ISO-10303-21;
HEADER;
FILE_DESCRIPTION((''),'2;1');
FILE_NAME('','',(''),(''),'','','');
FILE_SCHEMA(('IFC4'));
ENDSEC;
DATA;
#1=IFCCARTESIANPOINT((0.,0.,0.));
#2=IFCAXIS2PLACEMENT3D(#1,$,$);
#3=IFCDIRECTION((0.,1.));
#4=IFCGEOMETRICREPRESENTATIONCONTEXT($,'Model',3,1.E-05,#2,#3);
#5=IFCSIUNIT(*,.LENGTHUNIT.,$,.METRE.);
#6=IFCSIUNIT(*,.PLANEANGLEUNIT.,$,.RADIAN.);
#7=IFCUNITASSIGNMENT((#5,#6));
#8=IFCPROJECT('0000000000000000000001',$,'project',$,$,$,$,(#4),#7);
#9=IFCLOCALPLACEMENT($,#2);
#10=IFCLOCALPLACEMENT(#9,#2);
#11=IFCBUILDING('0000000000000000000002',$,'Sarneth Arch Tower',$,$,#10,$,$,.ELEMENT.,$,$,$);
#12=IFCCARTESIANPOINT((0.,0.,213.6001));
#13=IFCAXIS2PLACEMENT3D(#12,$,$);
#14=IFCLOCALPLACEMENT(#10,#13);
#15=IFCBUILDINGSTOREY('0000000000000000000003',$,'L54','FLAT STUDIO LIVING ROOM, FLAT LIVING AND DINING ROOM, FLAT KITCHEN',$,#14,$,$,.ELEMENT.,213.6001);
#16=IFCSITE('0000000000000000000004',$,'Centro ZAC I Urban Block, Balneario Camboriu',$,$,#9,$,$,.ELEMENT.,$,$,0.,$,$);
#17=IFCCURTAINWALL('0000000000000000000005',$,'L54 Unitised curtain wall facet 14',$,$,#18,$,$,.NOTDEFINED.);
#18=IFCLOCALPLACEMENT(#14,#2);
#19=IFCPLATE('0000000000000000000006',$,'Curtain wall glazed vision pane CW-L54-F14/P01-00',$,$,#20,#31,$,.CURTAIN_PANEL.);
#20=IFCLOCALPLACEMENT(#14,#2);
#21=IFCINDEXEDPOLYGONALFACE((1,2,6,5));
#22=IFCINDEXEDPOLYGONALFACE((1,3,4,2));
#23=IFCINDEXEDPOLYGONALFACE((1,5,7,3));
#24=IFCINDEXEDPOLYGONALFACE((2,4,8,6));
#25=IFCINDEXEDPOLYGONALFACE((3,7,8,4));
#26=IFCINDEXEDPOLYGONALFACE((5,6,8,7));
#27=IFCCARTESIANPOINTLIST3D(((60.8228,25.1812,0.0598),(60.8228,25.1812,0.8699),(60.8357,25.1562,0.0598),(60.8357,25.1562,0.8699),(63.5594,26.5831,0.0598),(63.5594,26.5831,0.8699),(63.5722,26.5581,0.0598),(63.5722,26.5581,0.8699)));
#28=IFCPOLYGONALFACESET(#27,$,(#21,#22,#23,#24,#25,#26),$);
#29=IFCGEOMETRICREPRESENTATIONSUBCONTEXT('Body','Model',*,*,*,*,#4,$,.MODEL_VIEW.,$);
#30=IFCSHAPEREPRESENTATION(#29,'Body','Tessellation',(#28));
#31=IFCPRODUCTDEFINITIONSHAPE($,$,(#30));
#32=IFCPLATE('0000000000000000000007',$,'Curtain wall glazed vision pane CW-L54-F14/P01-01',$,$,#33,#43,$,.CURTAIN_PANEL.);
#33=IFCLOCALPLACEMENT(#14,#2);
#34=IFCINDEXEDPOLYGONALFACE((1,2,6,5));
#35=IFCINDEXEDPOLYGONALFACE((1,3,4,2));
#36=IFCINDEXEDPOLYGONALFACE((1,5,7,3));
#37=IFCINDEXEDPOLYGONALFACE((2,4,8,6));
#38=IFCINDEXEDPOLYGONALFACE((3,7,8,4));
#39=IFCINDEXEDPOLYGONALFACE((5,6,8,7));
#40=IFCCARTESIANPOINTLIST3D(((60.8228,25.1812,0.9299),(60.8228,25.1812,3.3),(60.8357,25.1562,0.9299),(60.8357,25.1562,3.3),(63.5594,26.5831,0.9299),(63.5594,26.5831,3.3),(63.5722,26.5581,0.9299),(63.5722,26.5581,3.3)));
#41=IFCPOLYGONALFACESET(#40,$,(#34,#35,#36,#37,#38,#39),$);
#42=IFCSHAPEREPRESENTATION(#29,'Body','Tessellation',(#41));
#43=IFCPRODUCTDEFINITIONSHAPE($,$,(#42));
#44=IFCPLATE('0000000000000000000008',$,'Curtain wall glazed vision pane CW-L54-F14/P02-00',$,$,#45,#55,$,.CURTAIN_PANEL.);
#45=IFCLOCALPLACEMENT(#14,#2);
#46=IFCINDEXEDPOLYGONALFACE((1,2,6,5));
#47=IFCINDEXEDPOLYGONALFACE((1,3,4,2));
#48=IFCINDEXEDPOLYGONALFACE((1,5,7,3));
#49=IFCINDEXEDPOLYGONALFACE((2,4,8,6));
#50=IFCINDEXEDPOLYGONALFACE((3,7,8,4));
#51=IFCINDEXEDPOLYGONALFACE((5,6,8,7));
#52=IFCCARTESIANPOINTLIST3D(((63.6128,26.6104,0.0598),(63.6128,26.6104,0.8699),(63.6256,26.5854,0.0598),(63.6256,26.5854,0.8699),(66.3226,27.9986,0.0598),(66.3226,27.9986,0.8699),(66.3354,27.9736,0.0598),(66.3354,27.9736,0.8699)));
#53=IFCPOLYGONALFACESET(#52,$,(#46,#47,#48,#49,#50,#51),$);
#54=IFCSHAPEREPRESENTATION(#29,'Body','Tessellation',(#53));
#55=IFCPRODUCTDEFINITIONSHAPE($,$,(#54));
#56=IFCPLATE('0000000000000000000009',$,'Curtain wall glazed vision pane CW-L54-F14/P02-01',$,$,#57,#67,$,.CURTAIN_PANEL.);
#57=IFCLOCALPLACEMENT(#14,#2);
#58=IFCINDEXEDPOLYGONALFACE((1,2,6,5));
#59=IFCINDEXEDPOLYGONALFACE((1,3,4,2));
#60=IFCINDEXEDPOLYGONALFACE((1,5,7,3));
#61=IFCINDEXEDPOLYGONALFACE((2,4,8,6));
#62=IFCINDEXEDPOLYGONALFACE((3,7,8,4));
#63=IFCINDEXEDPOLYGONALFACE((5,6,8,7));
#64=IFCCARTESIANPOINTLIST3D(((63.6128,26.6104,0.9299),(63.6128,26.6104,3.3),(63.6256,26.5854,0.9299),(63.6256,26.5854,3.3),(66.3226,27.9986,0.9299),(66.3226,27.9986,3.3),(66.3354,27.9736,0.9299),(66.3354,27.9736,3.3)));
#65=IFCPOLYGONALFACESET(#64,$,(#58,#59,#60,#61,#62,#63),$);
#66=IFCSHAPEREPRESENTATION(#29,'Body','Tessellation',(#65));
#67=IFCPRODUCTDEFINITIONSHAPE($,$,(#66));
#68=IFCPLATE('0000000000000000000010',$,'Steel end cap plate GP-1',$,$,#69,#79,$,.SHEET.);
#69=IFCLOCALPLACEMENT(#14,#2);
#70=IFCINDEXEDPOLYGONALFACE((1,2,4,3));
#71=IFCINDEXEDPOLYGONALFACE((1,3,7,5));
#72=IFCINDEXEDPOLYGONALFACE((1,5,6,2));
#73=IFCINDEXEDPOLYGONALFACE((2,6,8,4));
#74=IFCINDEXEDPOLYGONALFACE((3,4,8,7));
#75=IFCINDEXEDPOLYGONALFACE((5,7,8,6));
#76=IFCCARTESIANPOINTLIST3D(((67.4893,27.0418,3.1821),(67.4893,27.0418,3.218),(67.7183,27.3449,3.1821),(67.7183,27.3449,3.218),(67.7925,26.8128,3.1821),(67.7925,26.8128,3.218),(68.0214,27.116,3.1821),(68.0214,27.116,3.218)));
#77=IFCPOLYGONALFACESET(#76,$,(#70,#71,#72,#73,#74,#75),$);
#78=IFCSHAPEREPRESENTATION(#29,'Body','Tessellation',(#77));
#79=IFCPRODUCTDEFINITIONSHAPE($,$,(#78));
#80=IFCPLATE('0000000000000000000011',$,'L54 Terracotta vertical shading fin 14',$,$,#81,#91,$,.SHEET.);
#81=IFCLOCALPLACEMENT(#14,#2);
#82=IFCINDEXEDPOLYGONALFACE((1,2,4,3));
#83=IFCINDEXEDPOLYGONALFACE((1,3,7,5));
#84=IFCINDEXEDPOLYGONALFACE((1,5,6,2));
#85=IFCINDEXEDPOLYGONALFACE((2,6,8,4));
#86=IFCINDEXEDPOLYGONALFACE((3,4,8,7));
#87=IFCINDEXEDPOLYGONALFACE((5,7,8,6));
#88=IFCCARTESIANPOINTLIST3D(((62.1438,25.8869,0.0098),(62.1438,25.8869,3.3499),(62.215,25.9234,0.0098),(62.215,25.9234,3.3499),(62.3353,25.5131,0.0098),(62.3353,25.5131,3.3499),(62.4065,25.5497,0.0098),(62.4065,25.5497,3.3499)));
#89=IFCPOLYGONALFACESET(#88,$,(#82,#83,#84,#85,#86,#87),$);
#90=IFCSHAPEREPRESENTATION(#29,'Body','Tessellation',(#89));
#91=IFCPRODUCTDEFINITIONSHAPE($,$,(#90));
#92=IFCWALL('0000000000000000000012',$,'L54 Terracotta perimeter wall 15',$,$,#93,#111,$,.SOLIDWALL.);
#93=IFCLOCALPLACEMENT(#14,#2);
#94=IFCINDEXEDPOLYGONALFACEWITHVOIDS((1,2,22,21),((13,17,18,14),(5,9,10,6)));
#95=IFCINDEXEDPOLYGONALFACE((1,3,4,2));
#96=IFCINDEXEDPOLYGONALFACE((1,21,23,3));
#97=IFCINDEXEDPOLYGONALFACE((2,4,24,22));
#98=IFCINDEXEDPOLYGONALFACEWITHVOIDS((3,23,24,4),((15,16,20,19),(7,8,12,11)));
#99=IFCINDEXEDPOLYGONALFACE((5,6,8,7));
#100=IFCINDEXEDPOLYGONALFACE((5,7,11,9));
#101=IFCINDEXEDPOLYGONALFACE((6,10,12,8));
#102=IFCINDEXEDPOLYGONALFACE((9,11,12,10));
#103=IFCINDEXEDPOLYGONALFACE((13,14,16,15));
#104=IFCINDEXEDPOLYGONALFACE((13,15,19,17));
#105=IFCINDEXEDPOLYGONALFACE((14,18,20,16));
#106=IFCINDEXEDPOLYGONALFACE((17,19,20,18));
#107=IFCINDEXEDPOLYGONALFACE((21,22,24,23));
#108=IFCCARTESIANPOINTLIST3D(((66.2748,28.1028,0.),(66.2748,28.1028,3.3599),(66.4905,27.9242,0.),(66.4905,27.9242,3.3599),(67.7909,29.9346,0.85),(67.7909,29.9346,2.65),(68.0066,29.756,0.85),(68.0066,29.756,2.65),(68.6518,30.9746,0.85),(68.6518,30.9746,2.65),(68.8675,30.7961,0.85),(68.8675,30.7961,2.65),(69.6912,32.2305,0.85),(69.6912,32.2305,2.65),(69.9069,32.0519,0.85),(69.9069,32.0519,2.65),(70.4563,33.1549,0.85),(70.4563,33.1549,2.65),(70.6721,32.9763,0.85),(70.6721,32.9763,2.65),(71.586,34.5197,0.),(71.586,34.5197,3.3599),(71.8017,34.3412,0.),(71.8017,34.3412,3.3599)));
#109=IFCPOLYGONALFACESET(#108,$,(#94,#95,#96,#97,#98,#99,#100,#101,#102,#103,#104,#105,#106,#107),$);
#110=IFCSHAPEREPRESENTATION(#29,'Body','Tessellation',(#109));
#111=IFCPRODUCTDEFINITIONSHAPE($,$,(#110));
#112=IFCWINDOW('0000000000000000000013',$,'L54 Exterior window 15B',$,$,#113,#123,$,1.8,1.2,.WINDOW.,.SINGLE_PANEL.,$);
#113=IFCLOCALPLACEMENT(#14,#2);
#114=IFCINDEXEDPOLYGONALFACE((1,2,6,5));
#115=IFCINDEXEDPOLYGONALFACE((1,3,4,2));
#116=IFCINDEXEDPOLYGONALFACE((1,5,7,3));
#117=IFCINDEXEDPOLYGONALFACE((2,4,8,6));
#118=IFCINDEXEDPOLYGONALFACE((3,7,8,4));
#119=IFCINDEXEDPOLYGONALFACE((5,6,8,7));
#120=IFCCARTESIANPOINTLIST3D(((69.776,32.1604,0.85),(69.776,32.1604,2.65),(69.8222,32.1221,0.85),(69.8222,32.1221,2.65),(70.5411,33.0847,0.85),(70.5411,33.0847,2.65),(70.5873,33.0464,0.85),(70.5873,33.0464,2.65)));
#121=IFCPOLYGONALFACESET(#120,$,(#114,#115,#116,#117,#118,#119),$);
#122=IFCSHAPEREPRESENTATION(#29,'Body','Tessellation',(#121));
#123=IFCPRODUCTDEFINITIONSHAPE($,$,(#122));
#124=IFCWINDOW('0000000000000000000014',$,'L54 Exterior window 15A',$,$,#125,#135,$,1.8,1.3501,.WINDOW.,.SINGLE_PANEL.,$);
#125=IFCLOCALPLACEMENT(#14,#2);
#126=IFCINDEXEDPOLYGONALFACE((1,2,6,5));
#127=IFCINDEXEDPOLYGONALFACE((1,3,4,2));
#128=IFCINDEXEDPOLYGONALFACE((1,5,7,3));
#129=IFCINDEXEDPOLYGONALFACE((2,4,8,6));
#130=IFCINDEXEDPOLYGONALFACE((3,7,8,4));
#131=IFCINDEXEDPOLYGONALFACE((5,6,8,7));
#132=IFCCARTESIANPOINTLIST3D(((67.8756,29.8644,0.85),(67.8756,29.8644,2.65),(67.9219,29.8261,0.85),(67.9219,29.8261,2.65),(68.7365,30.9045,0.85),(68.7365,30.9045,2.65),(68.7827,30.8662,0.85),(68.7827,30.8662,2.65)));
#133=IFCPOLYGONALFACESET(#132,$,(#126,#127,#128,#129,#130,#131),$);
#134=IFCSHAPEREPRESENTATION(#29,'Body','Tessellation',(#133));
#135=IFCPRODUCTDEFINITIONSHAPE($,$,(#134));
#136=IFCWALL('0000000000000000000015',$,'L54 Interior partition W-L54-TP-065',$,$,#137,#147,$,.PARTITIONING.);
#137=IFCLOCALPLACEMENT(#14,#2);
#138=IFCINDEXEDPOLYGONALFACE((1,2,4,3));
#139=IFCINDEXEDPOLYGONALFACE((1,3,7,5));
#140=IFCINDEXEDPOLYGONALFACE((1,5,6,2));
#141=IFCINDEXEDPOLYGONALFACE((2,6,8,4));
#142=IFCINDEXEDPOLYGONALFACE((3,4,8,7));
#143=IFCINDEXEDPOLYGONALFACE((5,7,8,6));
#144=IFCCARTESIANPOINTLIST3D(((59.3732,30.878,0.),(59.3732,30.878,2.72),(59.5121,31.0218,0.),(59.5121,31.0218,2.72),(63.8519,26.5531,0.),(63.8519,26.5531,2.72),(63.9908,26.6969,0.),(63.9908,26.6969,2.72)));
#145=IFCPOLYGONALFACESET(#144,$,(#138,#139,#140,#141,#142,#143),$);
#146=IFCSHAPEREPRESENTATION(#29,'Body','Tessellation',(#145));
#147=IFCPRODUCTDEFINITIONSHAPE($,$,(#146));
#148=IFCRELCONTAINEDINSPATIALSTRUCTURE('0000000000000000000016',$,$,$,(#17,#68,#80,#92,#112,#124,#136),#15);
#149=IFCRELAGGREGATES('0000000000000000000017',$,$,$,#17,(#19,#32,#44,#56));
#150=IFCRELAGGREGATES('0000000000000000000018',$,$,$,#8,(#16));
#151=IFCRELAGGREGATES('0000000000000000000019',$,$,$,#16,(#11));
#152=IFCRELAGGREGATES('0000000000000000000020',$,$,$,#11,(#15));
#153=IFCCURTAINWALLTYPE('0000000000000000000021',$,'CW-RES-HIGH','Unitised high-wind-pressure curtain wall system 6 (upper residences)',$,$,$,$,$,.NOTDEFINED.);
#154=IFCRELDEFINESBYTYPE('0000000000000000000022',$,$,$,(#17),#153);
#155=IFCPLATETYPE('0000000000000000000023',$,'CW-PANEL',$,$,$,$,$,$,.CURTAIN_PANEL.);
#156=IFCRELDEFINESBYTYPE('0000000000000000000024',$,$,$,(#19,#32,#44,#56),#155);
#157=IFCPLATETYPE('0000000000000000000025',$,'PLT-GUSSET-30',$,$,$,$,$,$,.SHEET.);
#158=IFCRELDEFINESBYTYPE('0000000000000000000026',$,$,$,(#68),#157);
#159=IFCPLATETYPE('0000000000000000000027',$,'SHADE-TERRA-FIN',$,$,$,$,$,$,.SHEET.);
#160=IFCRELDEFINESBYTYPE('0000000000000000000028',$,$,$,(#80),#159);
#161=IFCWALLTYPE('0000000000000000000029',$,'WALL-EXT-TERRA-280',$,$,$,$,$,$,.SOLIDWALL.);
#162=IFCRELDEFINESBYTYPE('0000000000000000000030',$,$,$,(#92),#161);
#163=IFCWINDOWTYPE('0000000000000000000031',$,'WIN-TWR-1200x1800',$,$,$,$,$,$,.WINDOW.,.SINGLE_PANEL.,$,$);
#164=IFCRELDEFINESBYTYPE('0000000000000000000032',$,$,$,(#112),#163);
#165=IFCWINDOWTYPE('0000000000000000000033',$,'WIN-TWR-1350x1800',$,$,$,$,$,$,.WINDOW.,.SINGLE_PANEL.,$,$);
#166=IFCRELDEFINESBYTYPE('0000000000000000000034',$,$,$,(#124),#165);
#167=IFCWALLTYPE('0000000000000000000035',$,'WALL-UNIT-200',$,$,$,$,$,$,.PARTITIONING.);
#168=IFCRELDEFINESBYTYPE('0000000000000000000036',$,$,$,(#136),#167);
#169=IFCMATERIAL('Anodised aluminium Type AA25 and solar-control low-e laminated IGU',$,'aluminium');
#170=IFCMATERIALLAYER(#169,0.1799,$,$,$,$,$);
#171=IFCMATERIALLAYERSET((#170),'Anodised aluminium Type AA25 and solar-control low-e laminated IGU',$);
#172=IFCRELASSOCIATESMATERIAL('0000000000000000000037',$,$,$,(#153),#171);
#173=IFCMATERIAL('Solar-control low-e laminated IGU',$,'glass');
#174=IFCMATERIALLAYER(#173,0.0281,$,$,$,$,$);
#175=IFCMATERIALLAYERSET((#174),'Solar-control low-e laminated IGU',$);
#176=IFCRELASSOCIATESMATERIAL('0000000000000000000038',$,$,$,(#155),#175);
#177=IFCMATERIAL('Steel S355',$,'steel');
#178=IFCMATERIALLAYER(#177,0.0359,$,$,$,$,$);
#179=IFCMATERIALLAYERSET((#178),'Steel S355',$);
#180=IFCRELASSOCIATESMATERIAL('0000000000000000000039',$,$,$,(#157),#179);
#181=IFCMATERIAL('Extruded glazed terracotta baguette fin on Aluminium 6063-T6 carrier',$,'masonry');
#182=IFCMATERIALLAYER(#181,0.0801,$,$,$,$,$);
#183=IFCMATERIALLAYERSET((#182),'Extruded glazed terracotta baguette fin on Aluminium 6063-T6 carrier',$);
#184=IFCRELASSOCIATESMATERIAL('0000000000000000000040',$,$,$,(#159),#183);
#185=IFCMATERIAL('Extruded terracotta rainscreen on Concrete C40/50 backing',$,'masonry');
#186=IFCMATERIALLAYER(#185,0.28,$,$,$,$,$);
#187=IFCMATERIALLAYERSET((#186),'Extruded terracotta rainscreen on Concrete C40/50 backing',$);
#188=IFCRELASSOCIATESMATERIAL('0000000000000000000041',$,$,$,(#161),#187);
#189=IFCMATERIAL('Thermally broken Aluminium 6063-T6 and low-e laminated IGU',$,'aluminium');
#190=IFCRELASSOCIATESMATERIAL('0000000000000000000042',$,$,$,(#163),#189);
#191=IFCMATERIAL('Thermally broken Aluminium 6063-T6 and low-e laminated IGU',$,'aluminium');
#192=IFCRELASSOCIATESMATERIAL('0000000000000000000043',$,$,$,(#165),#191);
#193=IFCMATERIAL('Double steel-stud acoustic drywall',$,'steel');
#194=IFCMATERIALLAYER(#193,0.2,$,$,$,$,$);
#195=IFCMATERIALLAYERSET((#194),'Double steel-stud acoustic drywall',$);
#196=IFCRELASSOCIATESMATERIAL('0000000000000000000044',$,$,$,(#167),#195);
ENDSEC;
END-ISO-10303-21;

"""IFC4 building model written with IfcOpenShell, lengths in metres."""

from ifc_helpers import new_model, si_unit, direction, frame, frame_2d, origin, origin_2d, place, context, subcontext, project, spatial, rectangle, extrude, material, layer, layer_set, type_object, element, fill, aggregate, save


model = new_model("IFC4")

# Units and contexts
model_context = context("Model", 3, precision=1e-05, world=origin(), true_north=direction((0.0, 1.0)))
body_context = subcontext(model_context, "Body", "Model", "MODEL_VIEW")
ifc_project = project(units=[si_unit("LENGTHUNIT", "METRE"), si_unit("PLANEANGLEUNIT", "RADIAN")], contexts=[model_context])

# Site, building, storey
site_placement = place(None, origin())
site = spatial("IfcSite", under=ifc_project, at=site_placement, Name="Centro ZAC I Urban Block, Balneario Camboriu", CompositionType="ELEMENT", RefElevation=0.0)
building_placement = place(site_placement, origin())
building = spatial("IfcBuilding", under=site, at=building_placement, Name="Sarneth Arch Tower", CompositionType="ELEMENT")
storey_placement = place(building_placement, frame((0.0, 0.0, 213.6001)))
storey = spatial("IfcBuildingStorey", under=building, at=storey_placement, Name="L54", Description="FLAT STUDIO LIVING ROOM, FLAT LIVING AND DINING ROOM, FLAT KITCHEN", CompositionType="ELEMENT", Elevation=213.6001)

# Curtain wall, plates
ifc_material_1 = material(Name="Anodised aluminium Type AA25 and solar-control low-e laminated IGU", Category="aluminium")
ifc_layer_1 = layer(ifc_material_1, 0.1799)
ifc_layer_set_1 = layer_set([ifc_layer_1], Name="Anodised aluminium Type AA25 and solar-control low-e laminated IGU")
curtain_wall_type = type_object("IfcCurtainWallType", Name="CW-RES-HIGH", Description="Unitised high-wind-pressure curtain wall system 6 (upper residences)", PredefinedType="NOTDEFINED", material=ifc_layer_set_1)
curtain_wall_placement = place(storey_placement, origin())
curtain_wall = element("IfcCurtainWall", 1, at=curtain_wall_placement, inside=storey, type_object=curtain_wall_type, Name="L54 Unitised curtain wall facet 14", PredefinedType="NOTDEFINED")
ifc_material_2 = material(Name="Solar-control low-e laminated IGU", Category="glass")
ifc_layer_2 = layer(ifc_material_2, 0.0281)
ifc_layer_set_2 = layer_set([ifc_layer_2], Name="Solar-control low-e laminated IGU")
plate_type_1 = type_object("IfcPlateType", Name="CW-PANEL", PredefinedType="CURTAIN_PANEL", material=ifc_layer_set_2)
plate_1_placement = place(storey_placement, frame((62.1975, 25.8696, 0.0598), z_axis=(0.0, 0.0, 1.0), x_axis=(0.89001, 0.455942, 0.0)))
plate_1 = element("IfcPlate", 2, at=plate_1_placement, type_object=plate_type_1, Name="Curtain wall glazed vision pane CW-L54-F14/P01-00", PredefinedType="CURTAIN_PANEL", context=body_context, shape_type="SweptSolid", body=[
    extrude(rectangle(XDim=3.0747, YDim=0.0281, at=origin_2d()), origin(), (0.0, 0.0, 1.0), 0.8101),
])
plate_2_placement = place(storey_placement, frame((62.1975, 25.8696, 0.9299), z_axis=(0.0, 0.0, 1.0), x_axis=(0.89001, 0.455942, 0.0)))
plate_2 = element("IfcPlate", 3, at=plate_2_placement, type_object=plate_type_1, Name="Curtain wall glazed vision pane CW-L54-F14/P01-01", PredefinedType="CURTAIN_PANEL", context=body_context, shape_type="SweptSolid", body=[
    extrude(rectangle(XDim=3.0747, YDim=0.0281, at=origin_2d()), origin(), (0.0, 0.0, 1.0), 2.3701),
])
plate_3_placement = place(storey_placement, frame((64.9741, 27.292, 0.0598), z_axis=(0.0, 0.0, 1.0), x_axis=(0.89001, 0.455942, 0.0)))
plate_3 = element("IfcPlate", 4, at=plate_3_placement, type_object=plate_type_1, Name="Curtain wall glazed vision pane CW-L54-F14/P02-00", PredefinedType="CURTAIN_PANEL", context=body_context, shape_type="SweptSolid", body=[
    extrude(rectangle(XDim=3.0447, YDim=0.0281, at=origin_2d()), origin(), (0.0, 0.0, 1.0), 0.8101),
])
plate_4_placement = place(storey_placement, frame((64.9741, 27.292, 0.9299), z_axis=(0.0, 0.0, 1.0), x_axis=(0.89001, 0.455942, 0.0)))
plate_4 = element("IfcPlate", 5, at=plate_4_placement, type_object=plate_type_1, Name="Curtain wall glazed vision pane CW-L54-F14/P02-01", PredefinedType="CURTAIN_PANEL", context=body_context, shape_type="SweptSolid", body=[
    extrude(rectangle(XDim=3.0447, YDim=0.0281, at=origin_2d()), origin(), (0.0, 0.0, 1.0), 2.3701),
])
aggregate(curtain_wall, [plate_1, plate_2, plate_3, plate_4])

# Plates
ifc_material_3 = material(Name="Steel S355", Category="steel")
ifc_layer_3 = layer(ifc_material_3, 0.0359)
ifc_layer_set_3 = layer_set([ifc_layer_3], Name="Steel S355")
plate_type_2 = type_object("IfcPlateType", Name="PLT-GUSSET-30", PredefinedType="SHEET", material=ifc_layer_set_3)
plate_5_placement = place(storey_placement, frame((67.7554, 27.0789, 3.1821), z_axis=(0.0, 0.0, 1.0), x_axis=(0.798005, -0.602651, 0.0)))
element("IfcPlate", 6, at=plate_5_placement, inside=storey, type_object=plate_type_2, Name="Steel end cap plate GP-1", PredefinedType="SHEET", context=body_context, shape_type="SweptSolid", body=[
    extrude(rectangle(XDim=0.3799, YDim=0.3799, at=origin_2d()), origin(), (0.0, 0.0, 1.0), 0.0359),
])
ifc_material_4 = material(Name="Extruded glazed terracotta baguette fin on Aluminium 6063-T6 carrier", Category="masonry")
ifc_layer_4 = layer(ifc_material_4, 0.0801)
ifc_layer_set_4 = layer_set([ifc_layer_4], Name="Extruded glazed terracotta baguette fin on Aluminium 6063-T6 carrier")
plate_type_3 = type_object("IfcPlateType", Name="SHADE-TERRA-FIN", PredefinedType="SHEET", material=ifc_layer_set_4)
plate_6_placement = place(storey_placement, frame((62.2751, 25.7183, 0.0098), z_axis=(0.0, 0.0, 1.0), x_axis=(0.456011, -0.889974, 0.0)))
element("IfcPlate", 7, at=plate_6_placement, inside=storey, type_object=plate_type_3, Name="L54 Terracotta vertical shading fin 14", PredefinedType="SHEET", context=body_context, shape_type="SweptSolid", body=[
    extrude(rectangle(XDim=0.4199, YDim=0.0801, at=origin_2d()), origin(), (0.0, 0.0, 1.0), 3.3401),
])

# Wall, openings, windows
ifc_material_5 = material(Name="Extruded terracotta rainscreen on Concrete C40/50 backing", Category="masonry")
ifc_layer_5 = layer(ifc_material_5, 0.28)
ifc_layer_set_5 = layer_set([ifc_layer_5], Name="Extruded terracotta rainscreen on Concrete C40/50 backing")
wall_type_1 = type_object("IfcWallType", Name="WALL-EXT-TERRA-280", PredefinedType="SOLIDWALL", material=ifc_layer_set_5)
wall_1_placement = place(storey_placement, frame((66.3826, 28.0134, 0.0), z_axis=(0.0, 0.0, 1.0), x_axis=(0.637615, 0.770355, 0.0)))
wall_1 = element("IfcWall", 8, at=wall_1_placement, inside=storey, type_object=wall_type_1, Name="L54 Terracotta perimeter wall 15", PredefinedType="SOLIDWALL", context=body_context, shape_type="SweptSolid", body=[
    extrude(rectangle(XDim=8.3298, YDim=0.28, at=frame_2d((4.165, 0.0))), origin(), (0.0, 0.0, 1.0), 3.3599),
])
opening_1_placement = place(wall_1_placement, frame((2.3779, 0.0, 0.8501)))
opening_1 = element("IfcOpeningElement", 9, at=opening_1_placement, cuts=wall_1, PredefinedType="OPENING", context=body_context, shape_type="SweptSolid", body=[
    extrude(rectangle(XDim=1.3501, YDim=1.8, at=frame_2d((0.675, 0.8999))), frame((0.0, 0.1499, 0.0), z_axis=(0.0, -1.0, 0.0), x_axis=(1.0, 0.0, 0.0)), (0.0, 0.0, 1.0), 0.3),
])
opening_2_placement = place(wall_1_placement, frame((5.3582, 0.0, 0.8501)))
opening_2 = element("IfcOpeningElement", 10, at=opening_2_placement, cuts=wall_1, PredefinedType="OPENING", context=body_context, shape_type="SweptSolid", body=[
    extrude(rectangle(XDim=1.2, YDim=1.8, at=frame_2d((0.6001, 0.8999))), frame((0.0, 0.1499, 0.0), z_axis=(0.0, -1.0, 0.0), x_axis=(1.0, 0.0, 0.0)), (0.0, 0.0, 1.0), 0.3),
])
ifc_material_6 = material(Name="Thermally broken Aluminium 6063-T6 and low-e laminated IGU", Category="aluminium")
window_type_1 = type_object("IfcWindowType", Name="WIN-TWR-1200x1800", PartitioningType="SINGLE_PANEL", PredefinedType="WINDOW", material=ifc_material_6)
window_1_placement = place(opening_2_placement, origin())
window_1 = element("IfcWindow", 11, at=window_1_placement, inside=storey, type_object=window_type_1, Name="L54 Exterior window 15B", OverallHeight=1.8, OverallWidth=1.2, PartitioningType="SINGLE_PANEL", PredefinedType="WINDOW", context=body_context, shape_type="SweptSolid", body=[
    extrude(rectangle(XDim=1.2, YDim=1.8, at=frame_2d((0.6001, 0.8999))), frame((0.0, 0.03, 0.0), z_axis=(0.0, -1.0, 0.0), x_axis=(1.0, 0.0, 0.0)), (0.0, 0.0, 1.0), 0.0601),
])
fill(opening_2, window_1)
ifc_material_7 = material(Name="Thermally broken Aluminium 6063-T6 and low-e laminated IGU", Category="aluminium")
window_type_2 = type_object("IfcWindowType", Name="WIN-TWR-1350x1800", PartitioningType="SINGLE_PANEL", PredefinedType="WINDOW", material=ifc_material_7)
window_2_placement = place(opening_1_placement, origin())
window_2 = element("IfcWindow", 12, at=window_2_placement, inside=storey, type_object=window_type_2, Name="L54 Exterior window 15A", OverallHeight=1.8, OverallWidth=1.3501, PartitioningType="SINGLE_PANEL", PredefinedType="WINDOW", context=body_context, shape_type="SweptSolid", body=[
    extrude(rectangle(XDim=1.3501, YDim=1.8, at=frame_2d((0.675, 0.8999))), frame((0.0, 0.03, 0.0), z_axis=(0.0, -1.0, 0.0), x_axis=(1.0, 0.0, 0.0)), (0.0, 0.0, 1.0), 0.0601),
])
fill(opening_1, window_2)

# Wall
ifc_material_8 = material(Name="Double steel-stud acoustic drywall", Category="steel")
ifc_layer_6 = layer(ifc_material_8, 0.2)
ifc_layer_set_6 = layer_set([ifc_layer_6], Name="Double steel-stud acoustic drywall")
wall_type_2 = type_object("IfcWallType", Name="WALL-UNIT-200", PredefinedType="PARTITIONING", material=ifc_layer_set_6)
wall_2_placement = place(storey_placement, frame((63.9214, 26.625, 0.0), z_axis=(0.0, 0.0, 1.0), x_axis=(-0.719351, 0.694647, 0.0)))
element("IfcWall", 13, at=wall_2_placement, inside=storey, type_object=wall_type_2, Name="L54 Interior partition W-L54-TP-065", PredefinedType="PARTITIONING", context=body_context, shape_type="SweptSolid", body=[
    extrude(rectangle(XDim=6.2261, YDim=0.2, at=frame_2d((3.113, 0.0))), origin(), (0.0, 0.0, 1.0), 2.72),
])

save(model, "model.ifc")
